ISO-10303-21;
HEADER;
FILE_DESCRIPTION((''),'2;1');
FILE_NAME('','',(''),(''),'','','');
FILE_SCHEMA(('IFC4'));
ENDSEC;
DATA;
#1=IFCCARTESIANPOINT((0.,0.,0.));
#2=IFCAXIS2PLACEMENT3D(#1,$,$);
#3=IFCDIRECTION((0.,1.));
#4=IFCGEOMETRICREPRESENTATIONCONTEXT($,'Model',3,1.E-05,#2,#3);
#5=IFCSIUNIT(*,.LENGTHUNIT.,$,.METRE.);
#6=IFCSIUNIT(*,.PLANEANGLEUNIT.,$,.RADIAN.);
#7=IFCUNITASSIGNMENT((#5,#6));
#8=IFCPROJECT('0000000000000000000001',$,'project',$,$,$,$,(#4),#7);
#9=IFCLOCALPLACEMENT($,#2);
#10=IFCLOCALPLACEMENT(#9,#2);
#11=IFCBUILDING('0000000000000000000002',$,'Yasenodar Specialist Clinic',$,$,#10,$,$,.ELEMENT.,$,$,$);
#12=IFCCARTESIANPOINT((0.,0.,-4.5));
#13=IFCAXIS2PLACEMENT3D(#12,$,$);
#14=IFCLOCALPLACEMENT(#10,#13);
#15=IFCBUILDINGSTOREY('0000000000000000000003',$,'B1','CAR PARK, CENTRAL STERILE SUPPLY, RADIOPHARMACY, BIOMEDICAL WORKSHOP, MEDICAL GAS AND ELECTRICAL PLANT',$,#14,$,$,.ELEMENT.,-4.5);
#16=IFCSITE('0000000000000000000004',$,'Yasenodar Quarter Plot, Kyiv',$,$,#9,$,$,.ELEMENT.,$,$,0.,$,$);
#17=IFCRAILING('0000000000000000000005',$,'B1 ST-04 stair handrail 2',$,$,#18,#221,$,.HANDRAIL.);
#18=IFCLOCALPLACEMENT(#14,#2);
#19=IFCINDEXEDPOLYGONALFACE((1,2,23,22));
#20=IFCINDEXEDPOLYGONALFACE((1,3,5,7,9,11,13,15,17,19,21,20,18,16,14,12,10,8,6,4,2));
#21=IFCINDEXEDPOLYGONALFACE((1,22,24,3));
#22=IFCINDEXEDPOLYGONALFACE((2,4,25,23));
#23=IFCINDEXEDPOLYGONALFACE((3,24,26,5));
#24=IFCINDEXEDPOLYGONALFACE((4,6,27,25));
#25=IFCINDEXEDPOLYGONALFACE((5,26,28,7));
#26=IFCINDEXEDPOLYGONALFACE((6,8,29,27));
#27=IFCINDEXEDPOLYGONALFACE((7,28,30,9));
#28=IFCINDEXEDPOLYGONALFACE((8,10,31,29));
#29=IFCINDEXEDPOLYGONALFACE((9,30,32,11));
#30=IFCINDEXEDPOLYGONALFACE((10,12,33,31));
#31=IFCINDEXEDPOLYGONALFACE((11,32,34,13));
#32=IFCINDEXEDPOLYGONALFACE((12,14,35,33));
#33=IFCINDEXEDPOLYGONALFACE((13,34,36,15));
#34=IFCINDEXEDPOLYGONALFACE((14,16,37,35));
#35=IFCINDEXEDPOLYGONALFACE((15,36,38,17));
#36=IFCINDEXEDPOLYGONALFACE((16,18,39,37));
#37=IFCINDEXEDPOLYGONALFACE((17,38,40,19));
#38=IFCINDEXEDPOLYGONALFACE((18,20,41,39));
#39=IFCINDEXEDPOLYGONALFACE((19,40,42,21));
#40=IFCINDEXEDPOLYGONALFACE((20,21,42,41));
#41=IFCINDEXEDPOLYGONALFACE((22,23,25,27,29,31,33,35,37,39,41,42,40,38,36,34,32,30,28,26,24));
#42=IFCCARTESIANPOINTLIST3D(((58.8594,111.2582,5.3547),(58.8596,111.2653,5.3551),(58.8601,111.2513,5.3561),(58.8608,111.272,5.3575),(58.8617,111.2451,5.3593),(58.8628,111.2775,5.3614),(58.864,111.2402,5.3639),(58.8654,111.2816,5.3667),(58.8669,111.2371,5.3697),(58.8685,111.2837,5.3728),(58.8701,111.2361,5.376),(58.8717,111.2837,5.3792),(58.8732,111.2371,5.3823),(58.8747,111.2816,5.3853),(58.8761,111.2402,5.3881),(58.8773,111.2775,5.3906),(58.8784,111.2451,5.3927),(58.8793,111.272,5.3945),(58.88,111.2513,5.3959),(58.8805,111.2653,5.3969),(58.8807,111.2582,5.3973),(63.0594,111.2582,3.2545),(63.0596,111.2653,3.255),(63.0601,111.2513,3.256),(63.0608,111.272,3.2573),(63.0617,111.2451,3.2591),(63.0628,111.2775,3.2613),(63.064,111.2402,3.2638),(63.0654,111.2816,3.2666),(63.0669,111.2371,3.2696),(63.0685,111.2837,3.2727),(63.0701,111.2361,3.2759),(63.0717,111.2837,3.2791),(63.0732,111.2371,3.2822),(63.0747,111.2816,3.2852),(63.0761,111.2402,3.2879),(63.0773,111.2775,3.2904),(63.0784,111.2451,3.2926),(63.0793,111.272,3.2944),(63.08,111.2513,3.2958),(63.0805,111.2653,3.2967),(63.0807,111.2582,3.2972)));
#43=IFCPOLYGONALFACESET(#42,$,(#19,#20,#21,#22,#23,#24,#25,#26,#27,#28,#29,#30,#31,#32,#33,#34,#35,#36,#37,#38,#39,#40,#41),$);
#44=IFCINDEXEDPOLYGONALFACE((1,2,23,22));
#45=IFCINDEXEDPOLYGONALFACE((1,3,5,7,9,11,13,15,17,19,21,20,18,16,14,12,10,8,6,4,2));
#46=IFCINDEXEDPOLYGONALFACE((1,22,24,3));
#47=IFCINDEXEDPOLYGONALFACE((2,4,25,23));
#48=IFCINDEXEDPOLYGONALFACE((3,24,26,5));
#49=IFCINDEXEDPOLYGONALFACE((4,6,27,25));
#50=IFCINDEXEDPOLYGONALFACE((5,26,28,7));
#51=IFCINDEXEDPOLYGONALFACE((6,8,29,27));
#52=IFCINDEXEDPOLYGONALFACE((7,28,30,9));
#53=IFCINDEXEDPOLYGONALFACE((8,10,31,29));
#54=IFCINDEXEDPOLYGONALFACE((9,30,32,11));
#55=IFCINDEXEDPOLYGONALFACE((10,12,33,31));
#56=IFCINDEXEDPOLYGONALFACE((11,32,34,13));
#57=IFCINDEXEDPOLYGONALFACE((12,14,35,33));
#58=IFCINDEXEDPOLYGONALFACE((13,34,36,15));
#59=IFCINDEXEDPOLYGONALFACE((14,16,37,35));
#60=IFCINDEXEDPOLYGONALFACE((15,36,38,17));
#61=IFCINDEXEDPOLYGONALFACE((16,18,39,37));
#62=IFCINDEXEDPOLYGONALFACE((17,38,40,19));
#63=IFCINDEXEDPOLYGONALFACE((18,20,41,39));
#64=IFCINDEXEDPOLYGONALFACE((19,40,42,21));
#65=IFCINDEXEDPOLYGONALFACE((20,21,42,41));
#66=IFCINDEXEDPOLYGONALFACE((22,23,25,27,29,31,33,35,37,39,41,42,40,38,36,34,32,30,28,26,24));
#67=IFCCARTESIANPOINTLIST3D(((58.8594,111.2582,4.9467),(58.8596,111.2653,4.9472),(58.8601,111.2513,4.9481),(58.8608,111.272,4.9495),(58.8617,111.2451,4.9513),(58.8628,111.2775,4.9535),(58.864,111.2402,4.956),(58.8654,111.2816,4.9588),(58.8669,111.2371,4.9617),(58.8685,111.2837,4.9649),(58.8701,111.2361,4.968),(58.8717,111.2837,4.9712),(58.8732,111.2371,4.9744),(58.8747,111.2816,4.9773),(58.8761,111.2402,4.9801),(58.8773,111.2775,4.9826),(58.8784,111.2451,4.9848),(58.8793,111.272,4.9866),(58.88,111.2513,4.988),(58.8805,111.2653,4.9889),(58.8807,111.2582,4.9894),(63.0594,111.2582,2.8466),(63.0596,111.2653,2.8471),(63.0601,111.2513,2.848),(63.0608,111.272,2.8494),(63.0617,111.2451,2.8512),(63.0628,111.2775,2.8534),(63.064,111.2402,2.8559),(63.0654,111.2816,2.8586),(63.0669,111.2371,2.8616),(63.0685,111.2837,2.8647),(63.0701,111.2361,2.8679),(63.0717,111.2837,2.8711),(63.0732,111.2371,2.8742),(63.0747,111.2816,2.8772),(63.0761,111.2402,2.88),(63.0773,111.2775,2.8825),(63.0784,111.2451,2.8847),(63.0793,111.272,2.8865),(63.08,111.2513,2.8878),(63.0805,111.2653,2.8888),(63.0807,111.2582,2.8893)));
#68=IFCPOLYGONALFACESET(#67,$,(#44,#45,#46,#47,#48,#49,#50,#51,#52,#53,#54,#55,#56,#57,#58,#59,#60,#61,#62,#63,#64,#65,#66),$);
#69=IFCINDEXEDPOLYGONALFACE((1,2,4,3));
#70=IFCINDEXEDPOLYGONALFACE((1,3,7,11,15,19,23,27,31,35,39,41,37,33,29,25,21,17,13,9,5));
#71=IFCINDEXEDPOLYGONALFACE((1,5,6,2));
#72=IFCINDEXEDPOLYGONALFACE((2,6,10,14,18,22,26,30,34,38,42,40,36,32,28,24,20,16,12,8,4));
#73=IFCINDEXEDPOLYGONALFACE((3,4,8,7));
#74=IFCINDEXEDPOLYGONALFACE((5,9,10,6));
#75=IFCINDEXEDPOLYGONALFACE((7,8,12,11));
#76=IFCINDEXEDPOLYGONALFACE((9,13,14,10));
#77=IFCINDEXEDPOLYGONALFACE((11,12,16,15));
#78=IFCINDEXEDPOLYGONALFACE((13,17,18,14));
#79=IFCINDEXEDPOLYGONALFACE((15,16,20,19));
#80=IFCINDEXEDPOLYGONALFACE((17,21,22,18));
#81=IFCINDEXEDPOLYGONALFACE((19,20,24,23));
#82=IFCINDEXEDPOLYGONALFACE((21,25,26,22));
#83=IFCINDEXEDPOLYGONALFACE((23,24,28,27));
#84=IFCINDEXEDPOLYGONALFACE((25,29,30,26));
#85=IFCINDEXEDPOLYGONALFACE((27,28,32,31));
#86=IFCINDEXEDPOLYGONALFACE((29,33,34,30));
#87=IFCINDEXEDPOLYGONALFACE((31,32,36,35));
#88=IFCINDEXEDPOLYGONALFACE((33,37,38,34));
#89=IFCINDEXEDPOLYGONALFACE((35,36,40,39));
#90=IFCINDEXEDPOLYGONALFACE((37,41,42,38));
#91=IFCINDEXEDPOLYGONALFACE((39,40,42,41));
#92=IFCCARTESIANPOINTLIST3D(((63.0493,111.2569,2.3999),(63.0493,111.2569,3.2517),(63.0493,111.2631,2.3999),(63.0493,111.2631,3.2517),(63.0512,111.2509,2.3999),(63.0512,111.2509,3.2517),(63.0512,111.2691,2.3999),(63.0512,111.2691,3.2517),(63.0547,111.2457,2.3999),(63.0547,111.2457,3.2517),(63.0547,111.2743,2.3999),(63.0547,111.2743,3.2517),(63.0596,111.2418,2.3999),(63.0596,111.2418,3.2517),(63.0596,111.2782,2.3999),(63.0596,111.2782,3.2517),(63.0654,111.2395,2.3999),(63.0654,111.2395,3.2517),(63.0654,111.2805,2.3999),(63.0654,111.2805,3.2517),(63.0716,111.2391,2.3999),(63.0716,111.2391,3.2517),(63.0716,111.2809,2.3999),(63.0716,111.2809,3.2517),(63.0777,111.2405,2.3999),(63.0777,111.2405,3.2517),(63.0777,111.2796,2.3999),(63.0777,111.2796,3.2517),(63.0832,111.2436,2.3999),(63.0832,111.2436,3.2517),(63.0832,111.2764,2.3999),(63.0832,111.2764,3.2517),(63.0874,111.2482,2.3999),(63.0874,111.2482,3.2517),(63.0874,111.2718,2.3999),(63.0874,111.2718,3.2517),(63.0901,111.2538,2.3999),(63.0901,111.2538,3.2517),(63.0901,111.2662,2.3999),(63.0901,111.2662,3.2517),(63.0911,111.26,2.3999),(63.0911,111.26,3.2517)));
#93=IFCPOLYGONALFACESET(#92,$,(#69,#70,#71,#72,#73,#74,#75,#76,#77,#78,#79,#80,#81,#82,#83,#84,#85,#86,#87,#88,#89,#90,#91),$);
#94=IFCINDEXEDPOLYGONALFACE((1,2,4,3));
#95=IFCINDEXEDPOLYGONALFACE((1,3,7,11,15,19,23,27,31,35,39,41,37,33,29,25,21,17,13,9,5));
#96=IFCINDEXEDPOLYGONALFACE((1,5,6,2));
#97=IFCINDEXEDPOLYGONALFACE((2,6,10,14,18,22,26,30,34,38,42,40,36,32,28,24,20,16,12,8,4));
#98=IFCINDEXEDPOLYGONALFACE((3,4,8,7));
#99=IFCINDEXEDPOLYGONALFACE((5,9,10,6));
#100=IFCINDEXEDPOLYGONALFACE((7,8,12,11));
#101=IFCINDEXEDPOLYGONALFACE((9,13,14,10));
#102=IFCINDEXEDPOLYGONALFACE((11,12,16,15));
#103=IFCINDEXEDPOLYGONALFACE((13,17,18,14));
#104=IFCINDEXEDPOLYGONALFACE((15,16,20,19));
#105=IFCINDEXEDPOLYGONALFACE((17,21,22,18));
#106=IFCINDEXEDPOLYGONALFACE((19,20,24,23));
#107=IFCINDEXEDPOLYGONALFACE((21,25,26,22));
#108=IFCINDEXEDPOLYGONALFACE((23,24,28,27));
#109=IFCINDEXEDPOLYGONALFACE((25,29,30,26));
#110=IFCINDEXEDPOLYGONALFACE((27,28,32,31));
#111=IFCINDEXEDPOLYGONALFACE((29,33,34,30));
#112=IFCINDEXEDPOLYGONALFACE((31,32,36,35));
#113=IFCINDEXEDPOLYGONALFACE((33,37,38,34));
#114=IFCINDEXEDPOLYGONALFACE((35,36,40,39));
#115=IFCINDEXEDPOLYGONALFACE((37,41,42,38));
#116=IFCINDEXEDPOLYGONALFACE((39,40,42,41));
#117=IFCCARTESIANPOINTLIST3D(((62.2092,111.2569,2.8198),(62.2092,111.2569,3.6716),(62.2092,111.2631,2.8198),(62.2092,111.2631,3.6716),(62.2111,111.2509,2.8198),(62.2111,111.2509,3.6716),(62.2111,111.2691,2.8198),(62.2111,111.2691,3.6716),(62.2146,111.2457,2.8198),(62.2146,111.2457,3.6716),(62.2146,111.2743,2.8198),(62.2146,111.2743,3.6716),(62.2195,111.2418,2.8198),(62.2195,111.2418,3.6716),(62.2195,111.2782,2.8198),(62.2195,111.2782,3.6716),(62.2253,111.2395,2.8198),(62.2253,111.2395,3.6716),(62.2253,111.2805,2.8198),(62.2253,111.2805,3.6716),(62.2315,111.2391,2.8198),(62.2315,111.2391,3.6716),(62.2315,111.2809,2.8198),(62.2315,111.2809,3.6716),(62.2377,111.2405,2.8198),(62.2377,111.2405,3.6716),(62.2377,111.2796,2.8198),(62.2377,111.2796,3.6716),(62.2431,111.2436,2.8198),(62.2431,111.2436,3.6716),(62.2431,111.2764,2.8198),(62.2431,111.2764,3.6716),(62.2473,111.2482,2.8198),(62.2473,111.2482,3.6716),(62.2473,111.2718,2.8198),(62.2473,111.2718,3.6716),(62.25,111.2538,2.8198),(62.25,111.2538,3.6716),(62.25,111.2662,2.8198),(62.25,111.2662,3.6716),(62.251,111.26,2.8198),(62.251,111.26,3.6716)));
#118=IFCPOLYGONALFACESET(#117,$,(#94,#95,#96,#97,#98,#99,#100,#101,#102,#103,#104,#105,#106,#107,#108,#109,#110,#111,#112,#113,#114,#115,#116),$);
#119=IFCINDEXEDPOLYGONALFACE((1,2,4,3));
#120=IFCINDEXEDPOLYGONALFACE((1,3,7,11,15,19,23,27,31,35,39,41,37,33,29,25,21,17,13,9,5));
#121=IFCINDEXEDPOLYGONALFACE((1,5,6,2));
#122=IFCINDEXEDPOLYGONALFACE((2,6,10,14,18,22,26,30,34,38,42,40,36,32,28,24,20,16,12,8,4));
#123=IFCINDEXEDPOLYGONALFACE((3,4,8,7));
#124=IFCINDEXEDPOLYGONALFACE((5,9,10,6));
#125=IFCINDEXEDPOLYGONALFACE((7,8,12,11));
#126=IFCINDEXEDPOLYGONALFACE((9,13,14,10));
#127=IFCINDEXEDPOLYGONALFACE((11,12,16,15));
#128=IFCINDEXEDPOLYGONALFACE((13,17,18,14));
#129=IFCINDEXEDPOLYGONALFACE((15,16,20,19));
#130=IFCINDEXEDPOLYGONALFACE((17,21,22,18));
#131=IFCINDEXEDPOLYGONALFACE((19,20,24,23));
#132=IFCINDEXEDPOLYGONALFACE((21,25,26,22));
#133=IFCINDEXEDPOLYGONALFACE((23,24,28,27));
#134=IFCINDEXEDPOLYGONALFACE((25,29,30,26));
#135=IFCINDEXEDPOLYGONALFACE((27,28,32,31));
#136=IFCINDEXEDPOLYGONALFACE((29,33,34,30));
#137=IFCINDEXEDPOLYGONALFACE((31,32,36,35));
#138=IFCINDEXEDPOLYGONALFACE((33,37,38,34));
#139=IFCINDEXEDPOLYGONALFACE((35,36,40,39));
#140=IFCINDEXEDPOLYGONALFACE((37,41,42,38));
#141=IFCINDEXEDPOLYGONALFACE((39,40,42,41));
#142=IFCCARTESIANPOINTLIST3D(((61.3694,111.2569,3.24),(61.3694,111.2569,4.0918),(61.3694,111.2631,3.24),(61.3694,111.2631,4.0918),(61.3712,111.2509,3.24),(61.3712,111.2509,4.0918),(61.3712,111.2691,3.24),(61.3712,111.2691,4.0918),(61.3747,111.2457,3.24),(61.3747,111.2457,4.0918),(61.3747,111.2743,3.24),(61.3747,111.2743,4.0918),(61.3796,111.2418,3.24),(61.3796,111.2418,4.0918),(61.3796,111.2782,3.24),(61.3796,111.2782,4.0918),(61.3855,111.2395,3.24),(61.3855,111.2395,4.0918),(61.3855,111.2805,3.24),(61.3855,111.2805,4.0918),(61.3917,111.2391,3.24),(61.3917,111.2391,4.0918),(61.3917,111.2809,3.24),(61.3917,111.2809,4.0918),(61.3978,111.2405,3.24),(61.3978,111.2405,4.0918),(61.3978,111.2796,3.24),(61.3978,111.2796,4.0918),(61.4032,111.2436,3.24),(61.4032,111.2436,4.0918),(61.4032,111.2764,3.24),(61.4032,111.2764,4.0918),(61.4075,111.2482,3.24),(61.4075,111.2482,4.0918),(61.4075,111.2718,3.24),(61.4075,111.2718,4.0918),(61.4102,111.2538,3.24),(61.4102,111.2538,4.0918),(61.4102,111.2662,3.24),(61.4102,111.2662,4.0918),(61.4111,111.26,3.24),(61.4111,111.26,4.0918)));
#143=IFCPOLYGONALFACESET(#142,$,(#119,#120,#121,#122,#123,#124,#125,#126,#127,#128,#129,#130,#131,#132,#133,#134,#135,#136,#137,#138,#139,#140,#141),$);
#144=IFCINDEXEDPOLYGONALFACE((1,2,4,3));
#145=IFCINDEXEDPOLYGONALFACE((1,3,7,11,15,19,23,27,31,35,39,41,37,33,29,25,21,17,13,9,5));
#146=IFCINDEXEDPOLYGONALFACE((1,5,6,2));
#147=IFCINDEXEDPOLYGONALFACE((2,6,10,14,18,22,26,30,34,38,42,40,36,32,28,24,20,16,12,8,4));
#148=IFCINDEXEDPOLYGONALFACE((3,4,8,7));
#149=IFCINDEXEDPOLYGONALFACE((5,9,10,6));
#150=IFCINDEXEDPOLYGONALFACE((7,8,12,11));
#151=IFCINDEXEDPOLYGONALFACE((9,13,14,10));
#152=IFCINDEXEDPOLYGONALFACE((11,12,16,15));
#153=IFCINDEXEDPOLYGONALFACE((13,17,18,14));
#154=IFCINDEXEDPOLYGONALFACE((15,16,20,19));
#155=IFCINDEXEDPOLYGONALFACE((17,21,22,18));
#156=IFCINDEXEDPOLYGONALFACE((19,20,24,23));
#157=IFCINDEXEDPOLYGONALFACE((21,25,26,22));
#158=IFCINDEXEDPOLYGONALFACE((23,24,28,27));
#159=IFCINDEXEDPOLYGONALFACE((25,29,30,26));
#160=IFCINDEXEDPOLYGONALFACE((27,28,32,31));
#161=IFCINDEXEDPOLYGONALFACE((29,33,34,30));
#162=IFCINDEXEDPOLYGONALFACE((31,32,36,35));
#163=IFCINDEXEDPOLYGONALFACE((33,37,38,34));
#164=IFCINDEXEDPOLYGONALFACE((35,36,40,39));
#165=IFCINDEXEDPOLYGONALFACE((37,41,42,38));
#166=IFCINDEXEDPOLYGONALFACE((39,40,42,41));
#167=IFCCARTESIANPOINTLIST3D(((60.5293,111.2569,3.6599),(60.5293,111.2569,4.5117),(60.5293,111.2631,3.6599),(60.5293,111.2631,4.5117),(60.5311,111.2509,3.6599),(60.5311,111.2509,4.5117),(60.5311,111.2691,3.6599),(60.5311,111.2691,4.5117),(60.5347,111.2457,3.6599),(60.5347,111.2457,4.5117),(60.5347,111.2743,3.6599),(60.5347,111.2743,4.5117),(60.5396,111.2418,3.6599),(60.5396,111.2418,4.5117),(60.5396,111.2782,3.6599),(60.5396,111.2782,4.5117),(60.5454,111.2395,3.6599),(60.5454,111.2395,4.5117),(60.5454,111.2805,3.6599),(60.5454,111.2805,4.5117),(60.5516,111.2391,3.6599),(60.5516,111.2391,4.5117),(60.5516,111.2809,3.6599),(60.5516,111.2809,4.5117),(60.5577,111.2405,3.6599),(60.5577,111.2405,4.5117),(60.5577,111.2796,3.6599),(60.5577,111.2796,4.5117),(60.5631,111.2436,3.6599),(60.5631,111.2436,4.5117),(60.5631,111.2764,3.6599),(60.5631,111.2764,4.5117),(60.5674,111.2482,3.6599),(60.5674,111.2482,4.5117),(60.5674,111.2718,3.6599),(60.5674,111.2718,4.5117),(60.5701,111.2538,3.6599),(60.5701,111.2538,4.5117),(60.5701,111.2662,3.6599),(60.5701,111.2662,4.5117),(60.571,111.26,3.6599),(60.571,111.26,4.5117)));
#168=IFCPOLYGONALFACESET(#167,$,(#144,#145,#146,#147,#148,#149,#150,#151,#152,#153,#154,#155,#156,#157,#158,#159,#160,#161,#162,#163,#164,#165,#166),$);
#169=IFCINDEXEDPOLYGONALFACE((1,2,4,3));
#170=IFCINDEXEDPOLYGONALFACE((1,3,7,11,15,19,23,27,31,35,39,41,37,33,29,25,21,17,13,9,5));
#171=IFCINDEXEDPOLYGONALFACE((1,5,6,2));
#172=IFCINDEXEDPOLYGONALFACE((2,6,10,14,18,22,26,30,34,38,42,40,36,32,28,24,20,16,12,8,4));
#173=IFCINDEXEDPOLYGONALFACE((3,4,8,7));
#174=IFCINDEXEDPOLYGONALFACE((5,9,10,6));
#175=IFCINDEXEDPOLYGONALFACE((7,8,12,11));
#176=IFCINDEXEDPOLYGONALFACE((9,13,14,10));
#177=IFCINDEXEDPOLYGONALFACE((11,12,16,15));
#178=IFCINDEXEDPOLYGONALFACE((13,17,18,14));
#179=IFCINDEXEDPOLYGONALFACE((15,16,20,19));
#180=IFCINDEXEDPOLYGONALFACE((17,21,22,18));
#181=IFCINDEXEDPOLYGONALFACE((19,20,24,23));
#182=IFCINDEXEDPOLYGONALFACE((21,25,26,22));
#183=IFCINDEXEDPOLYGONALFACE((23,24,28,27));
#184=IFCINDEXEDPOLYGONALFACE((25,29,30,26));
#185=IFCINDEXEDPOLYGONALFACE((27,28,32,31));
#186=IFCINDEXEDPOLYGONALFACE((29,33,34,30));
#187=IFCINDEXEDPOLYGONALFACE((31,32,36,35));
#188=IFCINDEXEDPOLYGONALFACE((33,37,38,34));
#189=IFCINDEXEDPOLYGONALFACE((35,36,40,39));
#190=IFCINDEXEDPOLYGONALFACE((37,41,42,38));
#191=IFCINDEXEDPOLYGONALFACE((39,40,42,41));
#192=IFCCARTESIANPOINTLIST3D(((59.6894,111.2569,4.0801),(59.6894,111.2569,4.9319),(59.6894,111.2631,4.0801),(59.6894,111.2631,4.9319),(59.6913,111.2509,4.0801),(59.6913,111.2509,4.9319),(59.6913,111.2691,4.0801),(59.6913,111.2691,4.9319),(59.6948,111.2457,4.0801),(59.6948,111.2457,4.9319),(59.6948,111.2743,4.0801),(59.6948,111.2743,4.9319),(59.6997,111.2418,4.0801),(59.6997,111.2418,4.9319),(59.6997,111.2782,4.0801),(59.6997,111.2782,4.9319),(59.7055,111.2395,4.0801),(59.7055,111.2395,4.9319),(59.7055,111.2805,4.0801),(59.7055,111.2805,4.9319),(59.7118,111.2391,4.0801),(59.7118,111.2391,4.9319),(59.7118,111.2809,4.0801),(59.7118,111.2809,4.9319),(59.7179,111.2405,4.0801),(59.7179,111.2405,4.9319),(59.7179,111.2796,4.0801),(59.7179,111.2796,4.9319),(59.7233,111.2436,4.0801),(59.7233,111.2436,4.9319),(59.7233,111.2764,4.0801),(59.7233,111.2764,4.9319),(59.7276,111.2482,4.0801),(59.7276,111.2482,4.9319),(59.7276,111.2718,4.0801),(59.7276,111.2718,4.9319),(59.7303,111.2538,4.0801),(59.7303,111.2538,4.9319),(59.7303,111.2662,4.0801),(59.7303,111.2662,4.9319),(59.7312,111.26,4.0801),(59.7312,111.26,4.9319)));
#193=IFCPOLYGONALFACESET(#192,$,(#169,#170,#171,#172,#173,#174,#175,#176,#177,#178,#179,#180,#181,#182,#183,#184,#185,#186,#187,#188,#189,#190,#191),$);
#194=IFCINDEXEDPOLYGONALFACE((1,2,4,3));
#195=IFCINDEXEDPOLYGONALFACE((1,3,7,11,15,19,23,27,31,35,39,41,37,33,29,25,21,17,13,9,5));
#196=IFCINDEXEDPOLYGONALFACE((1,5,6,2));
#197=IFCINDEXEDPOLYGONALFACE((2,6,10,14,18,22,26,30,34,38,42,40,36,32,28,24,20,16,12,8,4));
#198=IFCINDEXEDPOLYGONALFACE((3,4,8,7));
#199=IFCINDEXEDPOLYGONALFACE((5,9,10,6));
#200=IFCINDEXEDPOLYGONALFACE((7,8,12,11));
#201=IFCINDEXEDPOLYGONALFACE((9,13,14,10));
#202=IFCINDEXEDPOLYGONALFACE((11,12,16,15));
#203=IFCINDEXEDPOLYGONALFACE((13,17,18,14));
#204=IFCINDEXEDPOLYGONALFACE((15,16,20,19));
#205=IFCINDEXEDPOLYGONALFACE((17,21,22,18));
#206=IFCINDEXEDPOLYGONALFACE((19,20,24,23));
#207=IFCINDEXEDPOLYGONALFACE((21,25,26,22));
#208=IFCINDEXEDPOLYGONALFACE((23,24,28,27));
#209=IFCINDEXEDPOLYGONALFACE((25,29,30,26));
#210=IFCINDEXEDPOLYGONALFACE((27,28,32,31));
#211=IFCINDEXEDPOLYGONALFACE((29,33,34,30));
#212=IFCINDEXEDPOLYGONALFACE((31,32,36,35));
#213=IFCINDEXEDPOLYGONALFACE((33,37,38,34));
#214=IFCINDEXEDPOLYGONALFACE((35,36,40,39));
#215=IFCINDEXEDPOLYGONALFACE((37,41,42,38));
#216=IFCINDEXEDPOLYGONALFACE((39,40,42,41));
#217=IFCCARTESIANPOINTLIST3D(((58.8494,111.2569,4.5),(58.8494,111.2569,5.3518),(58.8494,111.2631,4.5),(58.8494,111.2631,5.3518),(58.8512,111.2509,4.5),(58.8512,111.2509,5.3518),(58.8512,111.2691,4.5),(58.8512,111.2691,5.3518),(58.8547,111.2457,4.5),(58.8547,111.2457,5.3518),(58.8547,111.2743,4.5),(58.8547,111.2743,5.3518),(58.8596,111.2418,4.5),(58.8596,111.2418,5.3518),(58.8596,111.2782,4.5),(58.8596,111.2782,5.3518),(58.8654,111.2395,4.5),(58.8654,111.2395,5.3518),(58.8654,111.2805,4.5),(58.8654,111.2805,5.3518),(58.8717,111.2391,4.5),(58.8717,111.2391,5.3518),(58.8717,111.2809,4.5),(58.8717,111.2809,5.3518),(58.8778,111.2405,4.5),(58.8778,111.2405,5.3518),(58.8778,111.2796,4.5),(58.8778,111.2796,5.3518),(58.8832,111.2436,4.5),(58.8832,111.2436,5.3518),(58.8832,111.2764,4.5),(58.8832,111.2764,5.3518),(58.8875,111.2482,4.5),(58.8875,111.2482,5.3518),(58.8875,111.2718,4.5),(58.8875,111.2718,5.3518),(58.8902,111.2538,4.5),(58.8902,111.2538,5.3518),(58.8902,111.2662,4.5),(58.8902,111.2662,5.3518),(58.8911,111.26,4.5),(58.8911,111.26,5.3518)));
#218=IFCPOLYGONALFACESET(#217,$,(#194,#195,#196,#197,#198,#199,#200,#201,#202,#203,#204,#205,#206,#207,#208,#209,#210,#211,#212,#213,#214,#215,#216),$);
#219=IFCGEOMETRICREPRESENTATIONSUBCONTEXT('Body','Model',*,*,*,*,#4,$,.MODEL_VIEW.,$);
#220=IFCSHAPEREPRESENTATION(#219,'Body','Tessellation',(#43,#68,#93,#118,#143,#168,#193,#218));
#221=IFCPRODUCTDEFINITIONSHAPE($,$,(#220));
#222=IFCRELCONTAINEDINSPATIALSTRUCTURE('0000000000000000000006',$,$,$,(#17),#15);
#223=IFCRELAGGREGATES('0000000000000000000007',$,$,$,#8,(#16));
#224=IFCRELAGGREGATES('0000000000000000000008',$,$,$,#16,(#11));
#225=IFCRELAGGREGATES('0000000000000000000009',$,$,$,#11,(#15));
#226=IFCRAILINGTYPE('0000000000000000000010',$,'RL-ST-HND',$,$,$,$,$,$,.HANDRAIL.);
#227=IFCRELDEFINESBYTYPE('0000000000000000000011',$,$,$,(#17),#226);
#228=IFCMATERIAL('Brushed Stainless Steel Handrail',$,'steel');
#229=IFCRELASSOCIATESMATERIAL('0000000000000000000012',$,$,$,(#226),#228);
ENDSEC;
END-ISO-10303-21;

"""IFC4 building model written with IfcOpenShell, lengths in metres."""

from ifc_helpers import new_model, si_unit, direction, frame, origin, origin_2d, place, context, subcontext, project, spatial, circle, extrude, material, type_object, element, save


model = new_model("IFC4")

# Units and contexts
model_context = context("Model", 3, precision=1e-05, world=origin(), true_north=direction((0.0, 1.0)))
body_context = subcontext(model_context, "Body", "Model", "MODEL_VIEW")
ifc_project = project(units=[si_unit("LENGTHUNIT", "METRE"), si_unit("PLANEANGLEUNIT", "RADIAN")], contexts=[model_context])

# Site, building, storey
site_placement = place(None, origin())
site = spatial("IfcSite", under=ifc_project, at=site_placement, Name="Yasenodar Quarter Plot, Kyiv", CompositionType="ELEMENT", RefElevation=0.0)
building_placement = place(site_placement, origin())
building = spatial("IfcBuilding", under=site, at=building_placement, Name="Yasenodar Specialist Clinic", CompositionType="ELEMENT")
storey_placement = place(building_placement, frame((0.0, 0.0, -4.5)))
storey = spatial("IfcBuildingStorey", under=building, at=storey_placement, Name="B1", Description="CAR PARK, CENTRAL STERILE SUPPLY, RADIOPHARMACY, BIOMEDICAL WORKSHOP, MEDICAL GAS AND ELECTRICAL PLANT", CompositionType="ELEMENT", Elevation=-4.5)

# Railing
ifc_material_1 = material(Name="Brushed Stainless Steel Handrail", Category="steel")
railing_type_1 = type_object("IfcRailingType", Name="RL-ST-HND", PredefinedType="HANDRAIL", material=ifc_material_1)
railing_1_placement = place(storey_placement, frame((63.0701, 111.26, 2.3999)))
element("IfcRailing", 1, at=railing_1_placement, inside=storey, type_object=railing_type_1, Name="B1 ST-04 stair handrail 2", PredefinedType="HANDRAIL", context=body_context, shape_type="SweptSolid", body=[
    extrude(circle(Radius=0.0239, at=origin_2d()), frame((0.0, 0.0, 0.876), z_axis=(-0.894417, 0.0, 0.447234), x_axis=(0.0, -1.0, 0.0)), (0.0, 0.0, 1.0), 4.6958),
    extrude(circle(Radius=0.0239, at=origin_2d()), frame((0.0, 0.0, 0.468), z_axis=(-0.894417, 0.0, 0.447234), x_axis=(0.0, -1.0, 0.0)), (0.0, 0.0, 1.0), 4.6958),
    extrude(circle(Radius=0.021, at=origin_2d()), origin(), (0.0, 0.0, 1.0), 0.8518),
    extrude(circle(Radius=0.021, at=origin_2d()), frame((-0.8401, 0.0, 0.4199)), (0.0, 0.0, 1.0), 0.8518),
    extrude(circle(Radius=0.021, at=origin_2d()), frame((-1.6799, 0.0, 0.8401)), (0.0, 0.0, 1.0), 0.8518),
    extrude(circle(Radius=0.021, at=origin_2d()), frame((-2.52, 0.0, 1.26)), (0.0, 0.0, 1.0), 0.8518),
    extrude(circle(Radius=0.021, at=origin_2d()), frame((-3.3599, 0.0, 1.6802)), (0.0, 0.0, 1.0), 0.8518),
    extrude(circle(Radius=0.021, at=origin_2d()), frame((-4.2, 0.0, 2.1001)), (0.0, 0.0, 1.0), 0.8518),
])

save(model, "model.ifc")
